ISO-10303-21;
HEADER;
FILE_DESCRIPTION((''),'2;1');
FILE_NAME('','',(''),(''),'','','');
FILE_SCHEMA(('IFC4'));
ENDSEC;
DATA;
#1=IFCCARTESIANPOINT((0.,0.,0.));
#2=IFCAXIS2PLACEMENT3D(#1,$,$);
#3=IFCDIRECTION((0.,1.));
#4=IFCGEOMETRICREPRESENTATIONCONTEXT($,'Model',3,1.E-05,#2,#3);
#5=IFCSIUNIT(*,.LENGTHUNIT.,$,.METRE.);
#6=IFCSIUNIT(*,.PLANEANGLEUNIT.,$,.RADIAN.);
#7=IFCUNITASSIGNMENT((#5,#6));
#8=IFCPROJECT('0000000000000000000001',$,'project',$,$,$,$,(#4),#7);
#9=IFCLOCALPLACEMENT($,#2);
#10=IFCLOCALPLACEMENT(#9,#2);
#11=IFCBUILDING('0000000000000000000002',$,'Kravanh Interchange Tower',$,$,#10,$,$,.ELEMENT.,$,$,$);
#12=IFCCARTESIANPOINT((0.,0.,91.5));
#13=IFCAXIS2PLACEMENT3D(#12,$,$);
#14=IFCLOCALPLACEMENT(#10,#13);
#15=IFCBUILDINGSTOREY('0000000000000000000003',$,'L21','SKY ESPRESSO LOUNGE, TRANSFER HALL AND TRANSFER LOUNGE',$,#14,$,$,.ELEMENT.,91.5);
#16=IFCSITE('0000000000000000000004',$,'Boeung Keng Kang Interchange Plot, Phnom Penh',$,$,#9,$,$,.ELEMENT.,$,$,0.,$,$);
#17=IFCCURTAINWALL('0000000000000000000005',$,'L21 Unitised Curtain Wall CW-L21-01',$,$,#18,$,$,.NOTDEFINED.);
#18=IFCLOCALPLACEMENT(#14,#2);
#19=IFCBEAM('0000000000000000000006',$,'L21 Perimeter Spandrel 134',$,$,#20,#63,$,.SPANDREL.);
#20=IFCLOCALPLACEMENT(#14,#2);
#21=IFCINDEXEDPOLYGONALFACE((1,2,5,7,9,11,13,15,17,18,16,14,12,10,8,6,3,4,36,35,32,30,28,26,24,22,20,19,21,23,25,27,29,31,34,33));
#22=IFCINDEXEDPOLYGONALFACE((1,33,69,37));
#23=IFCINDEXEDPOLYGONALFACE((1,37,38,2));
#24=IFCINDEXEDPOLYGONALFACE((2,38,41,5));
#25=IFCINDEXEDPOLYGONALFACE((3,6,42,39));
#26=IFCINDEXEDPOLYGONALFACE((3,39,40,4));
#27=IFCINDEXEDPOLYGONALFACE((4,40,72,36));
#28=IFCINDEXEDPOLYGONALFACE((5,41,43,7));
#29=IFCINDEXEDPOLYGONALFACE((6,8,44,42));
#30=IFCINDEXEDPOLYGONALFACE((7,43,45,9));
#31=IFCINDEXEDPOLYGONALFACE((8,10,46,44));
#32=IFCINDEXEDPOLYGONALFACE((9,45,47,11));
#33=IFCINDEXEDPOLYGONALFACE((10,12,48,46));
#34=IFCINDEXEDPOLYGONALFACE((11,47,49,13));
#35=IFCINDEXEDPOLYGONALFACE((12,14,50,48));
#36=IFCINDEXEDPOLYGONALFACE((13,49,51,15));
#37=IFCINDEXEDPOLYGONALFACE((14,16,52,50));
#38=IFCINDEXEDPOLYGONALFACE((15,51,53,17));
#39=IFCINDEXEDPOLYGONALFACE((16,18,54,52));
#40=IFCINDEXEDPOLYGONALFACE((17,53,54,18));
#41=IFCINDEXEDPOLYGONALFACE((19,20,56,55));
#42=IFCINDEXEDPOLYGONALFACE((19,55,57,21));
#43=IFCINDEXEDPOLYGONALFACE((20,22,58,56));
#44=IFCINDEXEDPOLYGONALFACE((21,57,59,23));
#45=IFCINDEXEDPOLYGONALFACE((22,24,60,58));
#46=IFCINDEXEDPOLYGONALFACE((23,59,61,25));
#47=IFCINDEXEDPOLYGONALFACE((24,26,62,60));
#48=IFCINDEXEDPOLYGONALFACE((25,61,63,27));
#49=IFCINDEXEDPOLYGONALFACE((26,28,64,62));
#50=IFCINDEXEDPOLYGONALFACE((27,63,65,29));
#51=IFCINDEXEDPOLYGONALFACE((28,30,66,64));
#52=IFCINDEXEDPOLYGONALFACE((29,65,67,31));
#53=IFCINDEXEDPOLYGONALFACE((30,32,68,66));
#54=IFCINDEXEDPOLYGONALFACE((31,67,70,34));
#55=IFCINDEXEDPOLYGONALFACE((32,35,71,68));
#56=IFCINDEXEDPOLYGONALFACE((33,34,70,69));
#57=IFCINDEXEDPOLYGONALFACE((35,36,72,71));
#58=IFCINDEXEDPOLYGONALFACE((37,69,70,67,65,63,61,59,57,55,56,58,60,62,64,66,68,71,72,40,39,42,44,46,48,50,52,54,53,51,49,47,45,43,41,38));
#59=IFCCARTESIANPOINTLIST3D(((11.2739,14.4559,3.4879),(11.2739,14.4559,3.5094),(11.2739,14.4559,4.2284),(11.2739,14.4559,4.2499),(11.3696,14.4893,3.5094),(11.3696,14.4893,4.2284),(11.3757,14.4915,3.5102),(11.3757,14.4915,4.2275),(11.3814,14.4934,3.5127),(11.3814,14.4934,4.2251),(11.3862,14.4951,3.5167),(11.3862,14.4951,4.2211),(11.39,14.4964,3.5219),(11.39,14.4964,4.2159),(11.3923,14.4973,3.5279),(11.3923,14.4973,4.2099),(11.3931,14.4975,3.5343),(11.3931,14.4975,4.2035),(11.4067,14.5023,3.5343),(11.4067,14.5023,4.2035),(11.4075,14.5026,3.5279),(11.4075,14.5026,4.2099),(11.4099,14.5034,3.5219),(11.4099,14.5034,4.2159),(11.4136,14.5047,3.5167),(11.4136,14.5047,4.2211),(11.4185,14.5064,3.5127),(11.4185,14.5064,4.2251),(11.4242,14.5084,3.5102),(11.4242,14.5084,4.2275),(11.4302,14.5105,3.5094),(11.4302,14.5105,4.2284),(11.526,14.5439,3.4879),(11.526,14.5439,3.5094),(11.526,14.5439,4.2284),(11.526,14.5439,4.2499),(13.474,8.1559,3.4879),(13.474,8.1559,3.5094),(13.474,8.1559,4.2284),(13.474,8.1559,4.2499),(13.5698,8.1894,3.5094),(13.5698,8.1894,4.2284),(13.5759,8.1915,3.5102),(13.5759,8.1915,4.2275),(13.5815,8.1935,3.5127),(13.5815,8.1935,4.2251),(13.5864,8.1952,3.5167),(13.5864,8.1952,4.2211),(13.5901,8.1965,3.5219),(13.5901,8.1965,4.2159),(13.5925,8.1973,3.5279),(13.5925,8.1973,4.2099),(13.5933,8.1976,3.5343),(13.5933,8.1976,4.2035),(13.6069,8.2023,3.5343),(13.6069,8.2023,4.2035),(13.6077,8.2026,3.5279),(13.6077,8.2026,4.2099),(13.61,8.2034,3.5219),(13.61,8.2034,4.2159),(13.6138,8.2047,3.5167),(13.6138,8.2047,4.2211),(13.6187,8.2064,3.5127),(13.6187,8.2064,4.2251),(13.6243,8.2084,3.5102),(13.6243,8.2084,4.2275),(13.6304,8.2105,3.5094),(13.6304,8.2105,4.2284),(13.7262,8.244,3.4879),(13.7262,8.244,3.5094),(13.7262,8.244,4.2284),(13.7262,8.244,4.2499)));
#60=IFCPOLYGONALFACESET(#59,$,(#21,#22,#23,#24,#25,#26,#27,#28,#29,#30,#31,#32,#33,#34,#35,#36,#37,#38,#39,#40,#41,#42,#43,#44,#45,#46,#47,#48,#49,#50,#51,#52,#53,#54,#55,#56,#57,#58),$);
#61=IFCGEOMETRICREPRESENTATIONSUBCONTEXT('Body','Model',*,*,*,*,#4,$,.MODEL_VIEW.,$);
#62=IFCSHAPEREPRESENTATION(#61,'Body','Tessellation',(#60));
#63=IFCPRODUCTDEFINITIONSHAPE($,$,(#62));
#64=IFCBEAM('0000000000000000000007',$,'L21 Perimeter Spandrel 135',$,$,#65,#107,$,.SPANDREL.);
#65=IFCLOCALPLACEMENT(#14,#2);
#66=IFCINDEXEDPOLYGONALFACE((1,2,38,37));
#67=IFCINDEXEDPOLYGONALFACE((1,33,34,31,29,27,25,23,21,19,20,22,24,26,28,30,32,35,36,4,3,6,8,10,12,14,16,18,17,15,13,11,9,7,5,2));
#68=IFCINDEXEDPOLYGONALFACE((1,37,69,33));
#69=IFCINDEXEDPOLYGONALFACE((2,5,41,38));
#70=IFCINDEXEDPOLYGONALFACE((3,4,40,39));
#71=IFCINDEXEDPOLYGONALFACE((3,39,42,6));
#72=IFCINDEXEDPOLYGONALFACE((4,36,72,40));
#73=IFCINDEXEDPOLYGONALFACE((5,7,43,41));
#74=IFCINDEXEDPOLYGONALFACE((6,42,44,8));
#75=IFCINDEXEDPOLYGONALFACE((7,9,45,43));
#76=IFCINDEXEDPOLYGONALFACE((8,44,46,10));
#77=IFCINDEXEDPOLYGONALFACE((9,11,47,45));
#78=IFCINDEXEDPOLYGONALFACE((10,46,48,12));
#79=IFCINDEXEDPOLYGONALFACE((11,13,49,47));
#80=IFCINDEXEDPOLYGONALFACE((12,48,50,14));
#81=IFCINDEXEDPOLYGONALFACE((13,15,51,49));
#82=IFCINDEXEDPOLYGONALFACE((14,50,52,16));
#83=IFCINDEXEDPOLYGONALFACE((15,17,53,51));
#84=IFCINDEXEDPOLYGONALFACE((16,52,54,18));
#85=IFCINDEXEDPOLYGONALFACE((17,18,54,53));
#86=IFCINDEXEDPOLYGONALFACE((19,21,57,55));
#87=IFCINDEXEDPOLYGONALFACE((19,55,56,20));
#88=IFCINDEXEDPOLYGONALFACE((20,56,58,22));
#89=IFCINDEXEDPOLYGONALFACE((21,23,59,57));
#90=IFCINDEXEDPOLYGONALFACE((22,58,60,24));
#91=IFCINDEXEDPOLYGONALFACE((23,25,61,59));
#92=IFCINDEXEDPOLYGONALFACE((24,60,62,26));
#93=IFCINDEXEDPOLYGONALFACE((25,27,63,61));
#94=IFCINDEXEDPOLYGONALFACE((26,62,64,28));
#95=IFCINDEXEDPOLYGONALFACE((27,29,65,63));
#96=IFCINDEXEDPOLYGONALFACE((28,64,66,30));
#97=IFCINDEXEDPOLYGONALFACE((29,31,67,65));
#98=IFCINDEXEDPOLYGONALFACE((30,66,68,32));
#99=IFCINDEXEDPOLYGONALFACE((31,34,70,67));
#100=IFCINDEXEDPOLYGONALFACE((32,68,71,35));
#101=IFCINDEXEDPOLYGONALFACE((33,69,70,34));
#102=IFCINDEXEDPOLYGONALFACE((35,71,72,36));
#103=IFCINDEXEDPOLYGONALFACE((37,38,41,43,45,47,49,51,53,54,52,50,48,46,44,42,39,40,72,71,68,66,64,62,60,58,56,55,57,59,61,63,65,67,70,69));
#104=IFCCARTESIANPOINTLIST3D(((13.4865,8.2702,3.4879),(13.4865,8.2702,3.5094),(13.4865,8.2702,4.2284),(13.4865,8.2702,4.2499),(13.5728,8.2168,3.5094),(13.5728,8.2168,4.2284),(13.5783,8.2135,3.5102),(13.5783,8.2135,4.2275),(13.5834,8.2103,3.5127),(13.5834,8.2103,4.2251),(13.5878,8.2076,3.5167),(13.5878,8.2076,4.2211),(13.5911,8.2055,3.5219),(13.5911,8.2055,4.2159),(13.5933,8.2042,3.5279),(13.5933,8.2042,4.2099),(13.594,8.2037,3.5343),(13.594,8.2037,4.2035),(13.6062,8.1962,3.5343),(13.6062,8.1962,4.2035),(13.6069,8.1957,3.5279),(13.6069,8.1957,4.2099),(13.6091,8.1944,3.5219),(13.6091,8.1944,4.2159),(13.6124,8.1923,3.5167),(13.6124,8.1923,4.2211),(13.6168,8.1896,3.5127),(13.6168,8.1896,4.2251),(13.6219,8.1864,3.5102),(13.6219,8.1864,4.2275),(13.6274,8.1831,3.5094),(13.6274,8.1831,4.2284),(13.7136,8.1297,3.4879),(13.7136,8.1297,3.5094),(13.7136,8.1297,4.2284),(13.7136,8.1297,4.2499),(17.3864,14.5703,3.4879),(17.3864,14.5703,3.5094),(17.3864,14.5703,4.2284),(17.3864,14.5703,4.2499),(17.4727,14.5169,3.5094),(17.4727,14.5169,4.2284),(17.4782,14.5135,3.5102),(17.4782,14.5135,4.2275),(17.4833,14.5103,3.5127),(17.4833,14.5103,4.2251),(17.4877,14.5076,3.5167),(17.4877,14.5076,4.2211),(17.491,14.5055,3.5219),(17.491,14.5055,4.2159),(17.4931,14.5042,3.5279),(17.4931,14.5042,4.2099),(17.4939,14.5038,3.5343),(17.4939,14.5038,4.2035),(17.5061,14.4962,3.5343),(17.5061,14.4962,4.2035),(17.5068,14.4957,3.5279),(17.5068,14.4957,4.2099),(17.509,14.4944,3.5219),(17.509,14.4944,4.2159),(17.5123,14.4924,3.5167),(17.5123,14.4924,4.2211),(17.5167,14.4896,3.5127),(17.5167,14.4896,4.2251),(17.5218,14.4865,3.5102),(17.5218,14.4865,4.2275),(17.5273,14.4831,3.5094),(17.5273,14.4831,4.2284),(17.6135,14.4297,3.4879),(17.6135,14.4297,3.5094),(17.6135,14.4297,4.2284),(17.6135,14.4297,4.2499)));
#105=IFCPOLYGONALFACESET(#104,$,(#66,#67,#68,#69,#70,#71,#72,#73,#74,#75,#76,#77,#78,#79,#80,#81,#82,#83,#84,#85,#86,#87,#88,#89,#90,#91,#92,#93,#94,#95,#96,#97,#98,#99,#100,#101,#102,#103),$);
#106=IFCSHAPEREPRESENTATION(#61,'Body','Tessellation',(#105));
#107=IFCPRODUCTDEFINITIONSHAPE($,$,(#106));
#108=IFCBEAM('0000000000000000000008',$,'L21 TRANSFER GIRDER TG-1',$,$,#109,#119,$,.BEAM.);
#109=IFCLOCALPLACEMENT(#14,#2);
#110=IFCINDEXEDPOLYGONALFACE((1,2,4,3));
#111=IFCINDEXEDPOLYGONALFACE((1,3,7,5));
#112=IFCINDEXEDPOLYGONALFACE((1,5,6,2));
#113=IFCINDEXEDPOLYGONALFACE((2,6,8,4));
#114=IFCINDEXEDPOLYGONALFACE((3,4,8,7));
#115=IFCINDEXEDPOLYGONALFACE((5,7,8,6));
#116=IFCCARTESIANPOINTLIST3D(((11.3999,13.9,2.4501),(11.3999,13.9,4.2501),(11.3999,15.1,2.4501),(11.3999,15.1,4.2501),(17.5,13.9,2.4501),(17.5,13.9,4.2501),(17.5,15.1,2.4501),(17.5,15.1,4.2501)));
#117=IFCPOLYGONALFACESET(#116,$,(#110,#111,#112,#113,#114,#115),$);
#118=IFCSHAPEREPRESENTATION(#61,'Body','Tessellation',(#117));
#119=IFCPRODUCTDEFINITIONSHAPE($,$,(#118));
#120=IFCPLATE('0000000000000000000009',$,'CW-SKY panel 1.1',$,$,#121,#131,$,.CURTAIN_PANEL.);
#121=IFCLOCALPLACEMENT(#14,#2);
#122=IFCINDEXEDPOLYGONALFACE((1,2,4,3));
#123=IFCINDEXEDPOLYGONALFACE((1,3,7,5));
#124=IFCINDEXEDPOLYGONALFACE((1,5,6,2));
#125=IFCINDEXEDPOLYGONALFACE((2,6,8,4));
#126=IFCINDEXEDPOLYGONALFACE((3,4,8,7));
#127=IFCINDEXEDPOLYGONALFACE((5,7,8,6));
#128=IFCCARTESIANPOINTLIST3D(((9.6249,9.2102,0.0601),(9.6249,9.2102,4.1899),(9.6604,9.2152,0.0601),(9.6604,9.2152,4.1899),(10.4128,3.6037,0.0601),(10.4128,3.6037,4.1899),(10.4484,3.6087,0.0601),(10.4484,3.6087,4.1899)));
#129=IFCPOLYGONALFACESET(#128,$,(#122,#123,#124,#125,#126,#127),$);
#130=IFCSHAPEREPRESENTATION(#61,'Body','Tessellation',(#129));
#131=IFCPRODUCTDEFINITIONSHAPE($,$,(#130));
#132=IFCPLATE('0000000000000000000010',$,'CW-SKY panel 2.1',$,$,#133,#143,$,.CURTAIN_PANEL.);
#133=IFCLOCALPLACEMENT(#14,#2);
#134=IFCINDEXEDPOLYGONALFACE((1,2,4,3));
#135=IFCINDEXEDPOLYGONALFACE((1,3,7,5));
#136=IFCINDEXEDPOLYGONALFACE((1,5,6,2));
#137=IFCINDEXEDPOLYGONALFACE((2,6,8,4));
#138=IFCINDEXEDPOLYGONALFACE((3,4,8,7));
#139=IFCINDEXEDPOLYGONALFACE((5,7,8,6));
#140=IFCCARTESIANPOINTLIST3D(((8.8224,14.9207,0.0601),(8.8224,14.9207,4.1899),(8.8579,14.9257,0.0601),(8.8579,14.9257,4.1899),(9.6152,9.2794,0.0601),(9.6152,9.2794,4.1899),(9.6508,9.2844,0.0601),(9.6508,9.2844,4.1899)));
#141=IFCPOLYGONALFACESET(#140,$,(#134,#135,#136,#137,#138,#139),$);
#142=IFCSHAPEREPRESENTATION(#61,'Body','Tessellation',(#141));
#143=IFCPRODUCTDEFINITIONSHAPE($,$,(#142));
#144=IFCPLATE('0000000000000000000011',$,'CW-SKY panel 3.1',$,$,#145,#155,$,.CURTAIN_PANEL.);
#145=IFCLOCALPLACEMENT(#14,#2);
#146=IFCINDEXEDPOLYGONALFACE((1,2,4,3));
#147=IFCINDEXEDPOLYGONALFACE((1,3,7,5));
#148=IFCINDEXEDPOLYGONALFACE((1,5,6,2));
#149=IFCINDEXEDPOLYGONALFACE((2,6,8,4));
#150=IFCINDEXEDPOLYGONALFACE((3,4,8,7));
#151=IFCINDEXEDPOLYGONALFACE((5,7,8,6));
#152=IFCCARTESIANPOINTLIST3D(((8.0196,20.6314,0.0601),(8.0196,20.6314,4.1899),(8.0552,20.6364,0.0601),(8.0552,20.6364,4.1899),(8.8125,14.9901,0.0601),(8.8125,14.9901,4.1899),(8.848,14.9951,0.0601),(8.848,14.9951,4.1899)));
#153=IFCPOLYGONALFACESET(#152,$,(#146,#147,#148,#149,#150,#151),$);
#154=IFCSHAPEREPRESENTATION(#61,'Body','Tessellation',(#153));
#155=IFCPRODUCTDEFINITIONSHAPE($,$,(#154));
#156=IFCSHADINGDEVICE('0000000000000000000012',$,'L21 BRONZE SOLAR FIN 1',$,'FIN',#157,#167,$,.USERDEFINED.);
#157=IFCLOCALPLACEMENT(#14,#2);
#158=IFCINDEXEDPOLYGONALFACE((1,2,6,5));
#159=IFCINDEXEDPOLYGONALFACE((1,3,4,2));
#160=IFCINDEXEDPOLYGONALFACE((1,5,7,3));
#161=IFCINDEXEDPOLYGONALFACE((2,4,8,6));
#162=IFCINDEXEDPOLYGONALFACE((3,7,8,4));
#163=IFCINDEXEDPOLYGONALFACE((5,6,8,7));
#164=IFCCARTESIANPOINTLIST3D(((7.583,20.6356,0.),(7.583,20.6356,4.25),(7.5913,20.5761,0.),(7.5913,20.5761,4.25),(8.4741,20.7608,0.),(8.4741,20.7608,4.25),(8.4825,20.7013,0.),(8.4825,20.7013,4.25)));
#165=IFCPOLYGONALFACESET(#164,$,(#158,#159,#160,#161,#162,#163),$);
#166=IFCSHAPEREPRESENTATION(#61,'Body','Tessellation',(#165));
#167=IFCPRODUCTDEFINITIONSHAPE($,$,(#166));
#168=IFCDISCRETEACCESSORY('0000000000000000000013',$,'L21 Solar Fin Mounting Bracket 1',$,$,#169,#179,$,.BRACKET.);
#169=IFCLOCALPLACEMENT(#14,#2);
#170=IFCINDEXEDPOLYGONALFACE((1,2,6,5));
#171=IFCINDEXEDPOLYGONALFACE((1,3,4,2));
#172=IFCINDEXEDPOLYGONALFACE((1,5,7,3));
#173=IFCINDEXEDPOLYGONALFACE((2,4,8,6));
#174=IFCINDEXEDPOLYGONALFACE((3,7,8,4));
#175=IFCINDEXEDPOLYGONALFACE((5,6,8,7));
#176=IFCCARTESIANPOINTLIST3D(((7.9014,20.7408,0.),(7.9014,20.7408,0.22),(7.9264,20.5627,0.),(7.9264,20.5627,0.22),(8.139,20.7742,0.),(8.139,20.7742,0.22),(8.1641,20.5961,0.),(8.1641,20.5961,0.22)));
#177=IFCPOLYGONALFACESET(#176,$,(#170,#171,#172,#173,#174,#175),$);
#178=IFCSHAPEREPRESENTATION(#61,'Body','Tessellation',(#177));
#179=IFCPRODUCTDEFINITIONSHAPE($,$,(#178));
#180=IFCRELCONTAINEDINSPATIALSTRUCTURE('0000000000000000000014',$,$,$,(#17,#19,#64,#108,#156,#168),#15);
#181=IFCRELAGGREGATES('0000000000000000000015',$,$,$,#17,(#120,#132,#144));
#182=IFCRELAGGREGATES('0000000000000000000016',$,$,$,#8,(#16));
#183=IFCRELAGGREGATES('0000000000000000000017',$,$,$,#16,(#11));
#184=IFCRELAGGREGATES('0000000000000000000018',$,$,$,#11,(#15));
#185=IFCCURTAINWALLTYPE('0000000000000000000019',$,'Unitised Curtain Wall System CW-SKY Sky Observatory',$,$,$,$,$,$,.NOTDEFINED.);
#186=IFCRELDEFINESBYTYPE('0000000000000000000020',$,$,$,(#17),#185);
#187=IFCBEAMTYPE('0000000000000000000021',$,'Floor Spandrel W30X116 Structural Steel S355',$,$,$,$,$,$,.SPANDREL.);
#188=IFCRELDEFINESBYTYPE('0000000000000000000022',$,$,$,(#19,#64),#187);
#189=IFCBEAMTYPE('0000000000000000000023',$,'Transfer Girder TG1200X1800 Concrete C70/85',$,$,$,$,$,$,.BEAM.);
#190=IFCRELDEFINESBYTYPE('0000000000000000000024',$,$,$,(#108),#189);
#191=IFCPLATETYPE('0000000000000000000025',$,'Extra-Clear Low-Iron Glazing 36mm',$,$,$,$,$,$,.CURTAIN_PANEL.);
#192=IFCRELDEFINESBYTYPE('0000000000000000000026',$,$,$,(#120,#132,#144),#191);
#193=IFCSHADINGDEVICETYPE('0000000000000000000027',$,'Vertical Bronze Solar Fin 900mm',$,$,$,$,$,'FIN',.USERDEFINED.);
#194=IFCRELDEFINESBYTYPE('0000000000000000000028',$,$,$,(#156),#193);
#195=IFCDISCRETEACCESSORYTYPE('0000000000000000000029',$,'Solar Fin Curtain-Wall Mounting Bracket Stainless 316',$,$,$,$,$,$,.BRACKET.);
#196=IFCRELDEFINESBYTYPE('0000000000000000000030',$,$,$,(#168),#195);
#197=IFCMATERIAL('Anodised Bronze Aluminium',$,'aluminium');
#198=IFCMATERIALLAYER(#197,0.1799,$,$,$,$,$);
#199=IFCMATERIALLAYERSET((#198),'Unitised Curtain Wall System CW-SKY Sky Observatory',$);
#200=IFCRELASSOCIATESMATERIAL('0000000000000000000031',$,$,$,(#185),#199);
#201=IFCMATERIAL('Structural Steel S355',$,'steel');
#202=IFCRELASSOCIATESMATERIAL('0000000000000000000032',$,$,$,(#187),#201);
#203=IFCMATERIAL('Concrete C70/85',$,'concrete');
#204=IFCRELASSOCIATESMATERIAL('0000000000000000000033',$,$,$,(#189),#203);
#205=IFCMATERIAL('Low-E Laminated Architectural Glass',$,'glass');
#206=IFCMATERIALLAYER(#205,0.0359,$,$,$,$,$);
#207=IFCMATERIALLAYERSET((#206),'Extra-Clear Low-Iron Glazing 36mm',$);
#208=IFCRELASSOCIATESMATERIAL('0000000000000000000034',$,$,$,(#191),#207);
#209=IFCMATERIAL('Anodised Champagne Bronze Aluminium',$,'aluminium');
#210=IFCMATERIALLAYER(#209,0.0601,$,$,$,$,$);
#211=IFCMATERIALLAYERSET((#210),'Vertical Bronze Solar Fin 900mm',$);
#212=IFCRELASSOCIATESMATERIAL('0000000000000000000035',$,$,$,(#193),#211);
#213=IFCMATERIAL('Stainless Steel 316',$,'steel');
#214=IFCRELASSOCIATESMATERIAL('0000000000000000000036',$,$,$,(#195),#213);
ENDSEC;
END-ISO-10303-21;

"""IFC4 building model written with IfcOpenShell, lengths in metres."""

from ifc_helpers import new_model, si_unit, direction, frame, origin, origin_2d, place, context, subcontext, project, spatial, rectangle, i_section, extrude, material, layer, layer_set, material_profile, profile_set, type_object, element, aggregate, save


model = new_model("IFC4")

# Units and contexts
model_context = context("Model", 3, precision=1e-05, world=origin(), true_north=direction((0.0, 1.0)))
body_context = subcontext(model_context, "Body", "Model", "MODEL_VIEW")
ifc_project = project(units=[si_unit("LENGTHUNIT", "METRE"), si_unit("PLANEANGLEUNIT", "RADIAN")], contexts=[model_context])

# Site, building, storey
site_placement = place(None, origin())
site = spatial("IfcSite", under=ifc_project, at=site_placement, Name="Boeung Keng Kang Interchange Plot, Phnom Penh", CompositionType="ELEMENT", RefElevation=0.0)
building_placement = place(site_placement, origin())
building = spatial("IfcBuilding", under=site, at=building_placement, Name="Kravanh Interchange Tower", CompositionType="ELEMENT")
storey_placement = place(building_placement, frame((0.0, 0.0, 91.5)))
storey = spatial("IfcBuildingStorey", under=building, at=storey_placement, Name="L21", Description="SKY ESPRESSO LOUNGE, TRANSFER HALL AND TRANSFER LOUNGE", CompositionType="ELEMENT", Elevation=91.5)

# Curtain wall
ifc_material_1 = material(Name="Anodised Bronze Aluminium", Category="aluminium")
ifc_layer_1 = layer(ifc_material_1, 0.1799)
ifc_layer_set_1 = layer_set([ifc_layer_1], Name="Unitised Curtain Wall System CW-SKY Sky Observatory")
curtain_wall_type = type_object("IfcCurtainWallType", Name="Unitised Curtain Wall System CW-SKY Sky Observatory", PredefinedType="NOTDEFINED", material=ifc_layer_set_1)
curtain_wall_placement = place(storey_placement, origin())
curtain_wall = element("IfcCurtainWall", 1, at=curtain_wall_placement, inside=storey, type_object=curtain_wall_type, Name="L21 Unitised Curtain Wall CW-L21-01", PredefinedType="NOTDEFINED")

# Beams
ifc_material_2 = material(Name="Structural Steel S355", Category="steel")
ifc_material_profile_1 = material_profile(ifc_material_2, i_section(OverallWidth=0.2671, OverallDepth=0.762, WebThickness=0.0144, FlangeThickness=0.0215, FilletRadius=0.0249, at=origin_2d()), Name="W30X116")
ifc_profile_set_1 = profile_set([ifc_material_profile_1], Name="Structural Steel S355")
beam_type_1 = type_object("IfcBeamType", Name="Floor Spandrel W30X116 Structural Steel S355", PredefinedType="SPANDREL", material=ifc_profile_set_1)
beam_1_placement = place(storey_placement, frame((13.6001, 8.2, 3.8689), z_axis=(-0.329707, 0.944083, 0.0), x_axis=(-0.944083, -0.329707, 0.0)))
element("IfcBeam", 2, at=beam_1_placement, inside=storey, type_object=beam_type_1, Name="L21 Perimeter Spandrel 134", PredefinedType="SPANDREL", context=body_context, shape_type="SweptSolid", body=[
    extrude(i_section(OverallWidth=0.2671, OverallDepth=0.762, WebThickness=0.0144, FlangeThickness=0.0215, FilletRadius=0.0249, at=origin_2d()), origin(), (0.0, 0.0, 1.0), 6.6731),
])
beam_2_placement = place(storey_placement, frame((13.6001, 8.2, 3.8689), z_axis=(0.526342, 0.850273, 0.0), x_axis=(-0.850273, 0.526342, 0.0)))
element("IfcBeam", 3, at=beam_2_placement, inside=storey, type_object=beam_type_1, Name="L21 Perimeter Spandrel 135", PredefinedType="SPANDREL", context=body_context, shape_type="SweptSolid", body=[
    extrude(i_section(OverallWidth=0.2671, OverallDepth=0.762, WebThickness=0.0144, FlangeThickness=0.0215, FilletRadius=0.0249, at=origin_2d()), origin(), (0.0, 0.0, 1.0), 7.4094),
])
ifc_material_3 = material(Name="Concrete C70/85", Category="concrete")
ifc_material_profile_2 = material_profile(ifc_material_3, rectangle(XDim=1.2, YDim=1.8, at=origin_2d()), Name="TG1200X1800")
ifc_profile_set_2 = profile_set([ifc_material_profile_2], Name="Concrete C70/85")
beam_type_2 = type_object("IfcBeamType", Name="Transfer Girder TG1200X1800 Concrete C70/85", PredefinedType="BEAM", material=ifc_profile_set_2)
beam_3_placement = place(storey_placement, frame((11.3999, 14.5, 3.3501), z_axis=(1.0, 0.0, 0.0), x_axis=(0.0, 1.0, 0.0)))
element("IfcBeam", 4, at=beam_3_placement, inside=storey, type_object=beam_type_2, Name="L21 TRANSFER GIRDER TG-1", PredefinedType="BEAM", context=body_context, shape_type="SweptSolid", body=[
    extrude(rectangle(XDim=1.2, YDim=1.8, at=origin_2d()), origin(), (0.0, 0.0, 1.0), 6.1001),
])

# Plates
ifc_material_4 = material(Name="Low-E Laminated Architectural Glass", Category="glass")
ifc_layer_2 = layer(ifc_material_4, 0.0359)
ifc_layer_set_2 = layer_set([ifc_layer_2], Name="Extra-Clear Low-Iron Glazing 36mm")
plate_type = type_object("IfcPlateType", Name="Extra-Clear Low-Iron Glazing 36mm", PredefinedType="CURTAIN_PANEL", material=ifc_layer_set_2)
plate_1_placement = place(storey_placement, frame((10.0366, 6.4094, 0.0601), z_axis=(0.0, 0.0, 1.0), x_axis=(-0.139177, 0.990268, 0.0)))
plate_1 = element("IfcPlate", 5, at=plate_1_placement, type_object=plate_type, Name="CW-SKY panel 1.1", PredefinedType="CURTAIN_PANEL", context=body_context, shape_type="SweptSolid", body=[
    extrude(rectangle(XDim=5.6616, YDim=0.0359, at=origin_2d()), origin(), (0.0, 0.0, 1.0), 4.1299),
])
plate_2_placement = place(storey_placement, frame((9.2366, 12.1025, 0.0601), z_axis=(0.0, 0.0, 1.0), x_axis=(-0.139177, 0.990268, 0.0)))
plate_2 = element("IfcPlate", 6, at=plate_2_placement, type_object=plate_type, Name="CW-SKY panel 2.1", PredefinedType="CURTAIN_PANEL", context=body_context, shape_type="SweptSolid", body=[
    extrude(rectangle(XDim=5.6968, YDim=0.0359, at=origin_2d()), origin(), (0.0, 0.0, 1.0), 4.1299),
])
plate_3_placement = place(storey_placement, frame((8.4338, 17.8132, 0.0601), z_axis=(0.0, 0.0, 1.0), x_axis=(-0.139177, 0.990268, 0.0)))
plate_3 = element("IfcPlate", 7, at=plate_3_placement, type_object=plate_type, Name="CW-SKY panel 3.1", PredefinedType="CURTAIN_PANEL", context=body_context, shape_type="SweptSolid", body=[
    extrude(rectangle(XDim=5.6968, YDim=0.0359, at=origin_2d()), origin(), (0.0, 0.0, 1.0), 4.1299),
])
aggregate(curtain_wall, [plate_1, plate_2, plate_3])

# Shading device
ifc_material_5 = material(Name="Anodised Champagne Bronze Aluminium", Category="aluminium")
ifc_layer_3 = layer(ifc_material_5, 0.0601)
ifc_layer_set_3 = layer_set([ifc_layer_3], Name="Vertical Bronze Solar Fin 900mm")
shading_device_type = type_object("IfcShadingDeviceType", Name="Vertical Bronze Solar Fin 900mm", ElementType="FIN", PredefinedType="USERDEFINED", material=ifc_layer_set_3)
shading_device_placement = place(storey_placement, frame((8.0327, 20.6685, 0.0), z_axis=(0.0, 0.0, 1.0), x_axis=(-0.990268, -0.139175, 0.0)))
element("IfcShadingDevice", 8, at=shading_device_placement, inside=storey, type_object=shading_device_type, Name="L21 BRONZE SOLAR FIN 1", ObjectType="FIN", PredefinedType="USERDEFINED", context=body_context, shape_type="SweptSolid", body=[
    extrude(rectangle(XDim=0.8999, YDim=0.0601, at=origin_2d()), origin(), (0.0, 0.0, 1.0), 4.25),
])

# Discrete accessory
ifc_material_6 = material(Name="Stainless Steel 316", Category="steel")
discrete_accessory_type = type_object("IfcDiscreteAccessoryType", Name="Solar Fin Curtain-Wall Mounting Bracket Stainless 316", PredefinedType="BRACKET", material=ifc_material_6)
discrete_accessory_placement = place(storey_placement, frame((8.0327, 20.6685, 0.0), z_axis=(0.0, 0.0, 1.0), x_axis=(-0.990268, -0.139175, 0.0)))
element("IfcDiscreteAccessory", 9, at=discrete_accessory_placement, inside=storey, type_object=discrete_accessory_type, Name="L21 Solar Fin Mounting Bracket 1", PredefinedType="BRACKET", context=body_context, shape_type="SweptSolid", body=[
    extrude(rectangle(XDim=0.24, YDim=0.1799, at=origin_2d()), origin(), (0.0, 0.0, 1.0), 0.22),
])

save(model, "model.ifc")
